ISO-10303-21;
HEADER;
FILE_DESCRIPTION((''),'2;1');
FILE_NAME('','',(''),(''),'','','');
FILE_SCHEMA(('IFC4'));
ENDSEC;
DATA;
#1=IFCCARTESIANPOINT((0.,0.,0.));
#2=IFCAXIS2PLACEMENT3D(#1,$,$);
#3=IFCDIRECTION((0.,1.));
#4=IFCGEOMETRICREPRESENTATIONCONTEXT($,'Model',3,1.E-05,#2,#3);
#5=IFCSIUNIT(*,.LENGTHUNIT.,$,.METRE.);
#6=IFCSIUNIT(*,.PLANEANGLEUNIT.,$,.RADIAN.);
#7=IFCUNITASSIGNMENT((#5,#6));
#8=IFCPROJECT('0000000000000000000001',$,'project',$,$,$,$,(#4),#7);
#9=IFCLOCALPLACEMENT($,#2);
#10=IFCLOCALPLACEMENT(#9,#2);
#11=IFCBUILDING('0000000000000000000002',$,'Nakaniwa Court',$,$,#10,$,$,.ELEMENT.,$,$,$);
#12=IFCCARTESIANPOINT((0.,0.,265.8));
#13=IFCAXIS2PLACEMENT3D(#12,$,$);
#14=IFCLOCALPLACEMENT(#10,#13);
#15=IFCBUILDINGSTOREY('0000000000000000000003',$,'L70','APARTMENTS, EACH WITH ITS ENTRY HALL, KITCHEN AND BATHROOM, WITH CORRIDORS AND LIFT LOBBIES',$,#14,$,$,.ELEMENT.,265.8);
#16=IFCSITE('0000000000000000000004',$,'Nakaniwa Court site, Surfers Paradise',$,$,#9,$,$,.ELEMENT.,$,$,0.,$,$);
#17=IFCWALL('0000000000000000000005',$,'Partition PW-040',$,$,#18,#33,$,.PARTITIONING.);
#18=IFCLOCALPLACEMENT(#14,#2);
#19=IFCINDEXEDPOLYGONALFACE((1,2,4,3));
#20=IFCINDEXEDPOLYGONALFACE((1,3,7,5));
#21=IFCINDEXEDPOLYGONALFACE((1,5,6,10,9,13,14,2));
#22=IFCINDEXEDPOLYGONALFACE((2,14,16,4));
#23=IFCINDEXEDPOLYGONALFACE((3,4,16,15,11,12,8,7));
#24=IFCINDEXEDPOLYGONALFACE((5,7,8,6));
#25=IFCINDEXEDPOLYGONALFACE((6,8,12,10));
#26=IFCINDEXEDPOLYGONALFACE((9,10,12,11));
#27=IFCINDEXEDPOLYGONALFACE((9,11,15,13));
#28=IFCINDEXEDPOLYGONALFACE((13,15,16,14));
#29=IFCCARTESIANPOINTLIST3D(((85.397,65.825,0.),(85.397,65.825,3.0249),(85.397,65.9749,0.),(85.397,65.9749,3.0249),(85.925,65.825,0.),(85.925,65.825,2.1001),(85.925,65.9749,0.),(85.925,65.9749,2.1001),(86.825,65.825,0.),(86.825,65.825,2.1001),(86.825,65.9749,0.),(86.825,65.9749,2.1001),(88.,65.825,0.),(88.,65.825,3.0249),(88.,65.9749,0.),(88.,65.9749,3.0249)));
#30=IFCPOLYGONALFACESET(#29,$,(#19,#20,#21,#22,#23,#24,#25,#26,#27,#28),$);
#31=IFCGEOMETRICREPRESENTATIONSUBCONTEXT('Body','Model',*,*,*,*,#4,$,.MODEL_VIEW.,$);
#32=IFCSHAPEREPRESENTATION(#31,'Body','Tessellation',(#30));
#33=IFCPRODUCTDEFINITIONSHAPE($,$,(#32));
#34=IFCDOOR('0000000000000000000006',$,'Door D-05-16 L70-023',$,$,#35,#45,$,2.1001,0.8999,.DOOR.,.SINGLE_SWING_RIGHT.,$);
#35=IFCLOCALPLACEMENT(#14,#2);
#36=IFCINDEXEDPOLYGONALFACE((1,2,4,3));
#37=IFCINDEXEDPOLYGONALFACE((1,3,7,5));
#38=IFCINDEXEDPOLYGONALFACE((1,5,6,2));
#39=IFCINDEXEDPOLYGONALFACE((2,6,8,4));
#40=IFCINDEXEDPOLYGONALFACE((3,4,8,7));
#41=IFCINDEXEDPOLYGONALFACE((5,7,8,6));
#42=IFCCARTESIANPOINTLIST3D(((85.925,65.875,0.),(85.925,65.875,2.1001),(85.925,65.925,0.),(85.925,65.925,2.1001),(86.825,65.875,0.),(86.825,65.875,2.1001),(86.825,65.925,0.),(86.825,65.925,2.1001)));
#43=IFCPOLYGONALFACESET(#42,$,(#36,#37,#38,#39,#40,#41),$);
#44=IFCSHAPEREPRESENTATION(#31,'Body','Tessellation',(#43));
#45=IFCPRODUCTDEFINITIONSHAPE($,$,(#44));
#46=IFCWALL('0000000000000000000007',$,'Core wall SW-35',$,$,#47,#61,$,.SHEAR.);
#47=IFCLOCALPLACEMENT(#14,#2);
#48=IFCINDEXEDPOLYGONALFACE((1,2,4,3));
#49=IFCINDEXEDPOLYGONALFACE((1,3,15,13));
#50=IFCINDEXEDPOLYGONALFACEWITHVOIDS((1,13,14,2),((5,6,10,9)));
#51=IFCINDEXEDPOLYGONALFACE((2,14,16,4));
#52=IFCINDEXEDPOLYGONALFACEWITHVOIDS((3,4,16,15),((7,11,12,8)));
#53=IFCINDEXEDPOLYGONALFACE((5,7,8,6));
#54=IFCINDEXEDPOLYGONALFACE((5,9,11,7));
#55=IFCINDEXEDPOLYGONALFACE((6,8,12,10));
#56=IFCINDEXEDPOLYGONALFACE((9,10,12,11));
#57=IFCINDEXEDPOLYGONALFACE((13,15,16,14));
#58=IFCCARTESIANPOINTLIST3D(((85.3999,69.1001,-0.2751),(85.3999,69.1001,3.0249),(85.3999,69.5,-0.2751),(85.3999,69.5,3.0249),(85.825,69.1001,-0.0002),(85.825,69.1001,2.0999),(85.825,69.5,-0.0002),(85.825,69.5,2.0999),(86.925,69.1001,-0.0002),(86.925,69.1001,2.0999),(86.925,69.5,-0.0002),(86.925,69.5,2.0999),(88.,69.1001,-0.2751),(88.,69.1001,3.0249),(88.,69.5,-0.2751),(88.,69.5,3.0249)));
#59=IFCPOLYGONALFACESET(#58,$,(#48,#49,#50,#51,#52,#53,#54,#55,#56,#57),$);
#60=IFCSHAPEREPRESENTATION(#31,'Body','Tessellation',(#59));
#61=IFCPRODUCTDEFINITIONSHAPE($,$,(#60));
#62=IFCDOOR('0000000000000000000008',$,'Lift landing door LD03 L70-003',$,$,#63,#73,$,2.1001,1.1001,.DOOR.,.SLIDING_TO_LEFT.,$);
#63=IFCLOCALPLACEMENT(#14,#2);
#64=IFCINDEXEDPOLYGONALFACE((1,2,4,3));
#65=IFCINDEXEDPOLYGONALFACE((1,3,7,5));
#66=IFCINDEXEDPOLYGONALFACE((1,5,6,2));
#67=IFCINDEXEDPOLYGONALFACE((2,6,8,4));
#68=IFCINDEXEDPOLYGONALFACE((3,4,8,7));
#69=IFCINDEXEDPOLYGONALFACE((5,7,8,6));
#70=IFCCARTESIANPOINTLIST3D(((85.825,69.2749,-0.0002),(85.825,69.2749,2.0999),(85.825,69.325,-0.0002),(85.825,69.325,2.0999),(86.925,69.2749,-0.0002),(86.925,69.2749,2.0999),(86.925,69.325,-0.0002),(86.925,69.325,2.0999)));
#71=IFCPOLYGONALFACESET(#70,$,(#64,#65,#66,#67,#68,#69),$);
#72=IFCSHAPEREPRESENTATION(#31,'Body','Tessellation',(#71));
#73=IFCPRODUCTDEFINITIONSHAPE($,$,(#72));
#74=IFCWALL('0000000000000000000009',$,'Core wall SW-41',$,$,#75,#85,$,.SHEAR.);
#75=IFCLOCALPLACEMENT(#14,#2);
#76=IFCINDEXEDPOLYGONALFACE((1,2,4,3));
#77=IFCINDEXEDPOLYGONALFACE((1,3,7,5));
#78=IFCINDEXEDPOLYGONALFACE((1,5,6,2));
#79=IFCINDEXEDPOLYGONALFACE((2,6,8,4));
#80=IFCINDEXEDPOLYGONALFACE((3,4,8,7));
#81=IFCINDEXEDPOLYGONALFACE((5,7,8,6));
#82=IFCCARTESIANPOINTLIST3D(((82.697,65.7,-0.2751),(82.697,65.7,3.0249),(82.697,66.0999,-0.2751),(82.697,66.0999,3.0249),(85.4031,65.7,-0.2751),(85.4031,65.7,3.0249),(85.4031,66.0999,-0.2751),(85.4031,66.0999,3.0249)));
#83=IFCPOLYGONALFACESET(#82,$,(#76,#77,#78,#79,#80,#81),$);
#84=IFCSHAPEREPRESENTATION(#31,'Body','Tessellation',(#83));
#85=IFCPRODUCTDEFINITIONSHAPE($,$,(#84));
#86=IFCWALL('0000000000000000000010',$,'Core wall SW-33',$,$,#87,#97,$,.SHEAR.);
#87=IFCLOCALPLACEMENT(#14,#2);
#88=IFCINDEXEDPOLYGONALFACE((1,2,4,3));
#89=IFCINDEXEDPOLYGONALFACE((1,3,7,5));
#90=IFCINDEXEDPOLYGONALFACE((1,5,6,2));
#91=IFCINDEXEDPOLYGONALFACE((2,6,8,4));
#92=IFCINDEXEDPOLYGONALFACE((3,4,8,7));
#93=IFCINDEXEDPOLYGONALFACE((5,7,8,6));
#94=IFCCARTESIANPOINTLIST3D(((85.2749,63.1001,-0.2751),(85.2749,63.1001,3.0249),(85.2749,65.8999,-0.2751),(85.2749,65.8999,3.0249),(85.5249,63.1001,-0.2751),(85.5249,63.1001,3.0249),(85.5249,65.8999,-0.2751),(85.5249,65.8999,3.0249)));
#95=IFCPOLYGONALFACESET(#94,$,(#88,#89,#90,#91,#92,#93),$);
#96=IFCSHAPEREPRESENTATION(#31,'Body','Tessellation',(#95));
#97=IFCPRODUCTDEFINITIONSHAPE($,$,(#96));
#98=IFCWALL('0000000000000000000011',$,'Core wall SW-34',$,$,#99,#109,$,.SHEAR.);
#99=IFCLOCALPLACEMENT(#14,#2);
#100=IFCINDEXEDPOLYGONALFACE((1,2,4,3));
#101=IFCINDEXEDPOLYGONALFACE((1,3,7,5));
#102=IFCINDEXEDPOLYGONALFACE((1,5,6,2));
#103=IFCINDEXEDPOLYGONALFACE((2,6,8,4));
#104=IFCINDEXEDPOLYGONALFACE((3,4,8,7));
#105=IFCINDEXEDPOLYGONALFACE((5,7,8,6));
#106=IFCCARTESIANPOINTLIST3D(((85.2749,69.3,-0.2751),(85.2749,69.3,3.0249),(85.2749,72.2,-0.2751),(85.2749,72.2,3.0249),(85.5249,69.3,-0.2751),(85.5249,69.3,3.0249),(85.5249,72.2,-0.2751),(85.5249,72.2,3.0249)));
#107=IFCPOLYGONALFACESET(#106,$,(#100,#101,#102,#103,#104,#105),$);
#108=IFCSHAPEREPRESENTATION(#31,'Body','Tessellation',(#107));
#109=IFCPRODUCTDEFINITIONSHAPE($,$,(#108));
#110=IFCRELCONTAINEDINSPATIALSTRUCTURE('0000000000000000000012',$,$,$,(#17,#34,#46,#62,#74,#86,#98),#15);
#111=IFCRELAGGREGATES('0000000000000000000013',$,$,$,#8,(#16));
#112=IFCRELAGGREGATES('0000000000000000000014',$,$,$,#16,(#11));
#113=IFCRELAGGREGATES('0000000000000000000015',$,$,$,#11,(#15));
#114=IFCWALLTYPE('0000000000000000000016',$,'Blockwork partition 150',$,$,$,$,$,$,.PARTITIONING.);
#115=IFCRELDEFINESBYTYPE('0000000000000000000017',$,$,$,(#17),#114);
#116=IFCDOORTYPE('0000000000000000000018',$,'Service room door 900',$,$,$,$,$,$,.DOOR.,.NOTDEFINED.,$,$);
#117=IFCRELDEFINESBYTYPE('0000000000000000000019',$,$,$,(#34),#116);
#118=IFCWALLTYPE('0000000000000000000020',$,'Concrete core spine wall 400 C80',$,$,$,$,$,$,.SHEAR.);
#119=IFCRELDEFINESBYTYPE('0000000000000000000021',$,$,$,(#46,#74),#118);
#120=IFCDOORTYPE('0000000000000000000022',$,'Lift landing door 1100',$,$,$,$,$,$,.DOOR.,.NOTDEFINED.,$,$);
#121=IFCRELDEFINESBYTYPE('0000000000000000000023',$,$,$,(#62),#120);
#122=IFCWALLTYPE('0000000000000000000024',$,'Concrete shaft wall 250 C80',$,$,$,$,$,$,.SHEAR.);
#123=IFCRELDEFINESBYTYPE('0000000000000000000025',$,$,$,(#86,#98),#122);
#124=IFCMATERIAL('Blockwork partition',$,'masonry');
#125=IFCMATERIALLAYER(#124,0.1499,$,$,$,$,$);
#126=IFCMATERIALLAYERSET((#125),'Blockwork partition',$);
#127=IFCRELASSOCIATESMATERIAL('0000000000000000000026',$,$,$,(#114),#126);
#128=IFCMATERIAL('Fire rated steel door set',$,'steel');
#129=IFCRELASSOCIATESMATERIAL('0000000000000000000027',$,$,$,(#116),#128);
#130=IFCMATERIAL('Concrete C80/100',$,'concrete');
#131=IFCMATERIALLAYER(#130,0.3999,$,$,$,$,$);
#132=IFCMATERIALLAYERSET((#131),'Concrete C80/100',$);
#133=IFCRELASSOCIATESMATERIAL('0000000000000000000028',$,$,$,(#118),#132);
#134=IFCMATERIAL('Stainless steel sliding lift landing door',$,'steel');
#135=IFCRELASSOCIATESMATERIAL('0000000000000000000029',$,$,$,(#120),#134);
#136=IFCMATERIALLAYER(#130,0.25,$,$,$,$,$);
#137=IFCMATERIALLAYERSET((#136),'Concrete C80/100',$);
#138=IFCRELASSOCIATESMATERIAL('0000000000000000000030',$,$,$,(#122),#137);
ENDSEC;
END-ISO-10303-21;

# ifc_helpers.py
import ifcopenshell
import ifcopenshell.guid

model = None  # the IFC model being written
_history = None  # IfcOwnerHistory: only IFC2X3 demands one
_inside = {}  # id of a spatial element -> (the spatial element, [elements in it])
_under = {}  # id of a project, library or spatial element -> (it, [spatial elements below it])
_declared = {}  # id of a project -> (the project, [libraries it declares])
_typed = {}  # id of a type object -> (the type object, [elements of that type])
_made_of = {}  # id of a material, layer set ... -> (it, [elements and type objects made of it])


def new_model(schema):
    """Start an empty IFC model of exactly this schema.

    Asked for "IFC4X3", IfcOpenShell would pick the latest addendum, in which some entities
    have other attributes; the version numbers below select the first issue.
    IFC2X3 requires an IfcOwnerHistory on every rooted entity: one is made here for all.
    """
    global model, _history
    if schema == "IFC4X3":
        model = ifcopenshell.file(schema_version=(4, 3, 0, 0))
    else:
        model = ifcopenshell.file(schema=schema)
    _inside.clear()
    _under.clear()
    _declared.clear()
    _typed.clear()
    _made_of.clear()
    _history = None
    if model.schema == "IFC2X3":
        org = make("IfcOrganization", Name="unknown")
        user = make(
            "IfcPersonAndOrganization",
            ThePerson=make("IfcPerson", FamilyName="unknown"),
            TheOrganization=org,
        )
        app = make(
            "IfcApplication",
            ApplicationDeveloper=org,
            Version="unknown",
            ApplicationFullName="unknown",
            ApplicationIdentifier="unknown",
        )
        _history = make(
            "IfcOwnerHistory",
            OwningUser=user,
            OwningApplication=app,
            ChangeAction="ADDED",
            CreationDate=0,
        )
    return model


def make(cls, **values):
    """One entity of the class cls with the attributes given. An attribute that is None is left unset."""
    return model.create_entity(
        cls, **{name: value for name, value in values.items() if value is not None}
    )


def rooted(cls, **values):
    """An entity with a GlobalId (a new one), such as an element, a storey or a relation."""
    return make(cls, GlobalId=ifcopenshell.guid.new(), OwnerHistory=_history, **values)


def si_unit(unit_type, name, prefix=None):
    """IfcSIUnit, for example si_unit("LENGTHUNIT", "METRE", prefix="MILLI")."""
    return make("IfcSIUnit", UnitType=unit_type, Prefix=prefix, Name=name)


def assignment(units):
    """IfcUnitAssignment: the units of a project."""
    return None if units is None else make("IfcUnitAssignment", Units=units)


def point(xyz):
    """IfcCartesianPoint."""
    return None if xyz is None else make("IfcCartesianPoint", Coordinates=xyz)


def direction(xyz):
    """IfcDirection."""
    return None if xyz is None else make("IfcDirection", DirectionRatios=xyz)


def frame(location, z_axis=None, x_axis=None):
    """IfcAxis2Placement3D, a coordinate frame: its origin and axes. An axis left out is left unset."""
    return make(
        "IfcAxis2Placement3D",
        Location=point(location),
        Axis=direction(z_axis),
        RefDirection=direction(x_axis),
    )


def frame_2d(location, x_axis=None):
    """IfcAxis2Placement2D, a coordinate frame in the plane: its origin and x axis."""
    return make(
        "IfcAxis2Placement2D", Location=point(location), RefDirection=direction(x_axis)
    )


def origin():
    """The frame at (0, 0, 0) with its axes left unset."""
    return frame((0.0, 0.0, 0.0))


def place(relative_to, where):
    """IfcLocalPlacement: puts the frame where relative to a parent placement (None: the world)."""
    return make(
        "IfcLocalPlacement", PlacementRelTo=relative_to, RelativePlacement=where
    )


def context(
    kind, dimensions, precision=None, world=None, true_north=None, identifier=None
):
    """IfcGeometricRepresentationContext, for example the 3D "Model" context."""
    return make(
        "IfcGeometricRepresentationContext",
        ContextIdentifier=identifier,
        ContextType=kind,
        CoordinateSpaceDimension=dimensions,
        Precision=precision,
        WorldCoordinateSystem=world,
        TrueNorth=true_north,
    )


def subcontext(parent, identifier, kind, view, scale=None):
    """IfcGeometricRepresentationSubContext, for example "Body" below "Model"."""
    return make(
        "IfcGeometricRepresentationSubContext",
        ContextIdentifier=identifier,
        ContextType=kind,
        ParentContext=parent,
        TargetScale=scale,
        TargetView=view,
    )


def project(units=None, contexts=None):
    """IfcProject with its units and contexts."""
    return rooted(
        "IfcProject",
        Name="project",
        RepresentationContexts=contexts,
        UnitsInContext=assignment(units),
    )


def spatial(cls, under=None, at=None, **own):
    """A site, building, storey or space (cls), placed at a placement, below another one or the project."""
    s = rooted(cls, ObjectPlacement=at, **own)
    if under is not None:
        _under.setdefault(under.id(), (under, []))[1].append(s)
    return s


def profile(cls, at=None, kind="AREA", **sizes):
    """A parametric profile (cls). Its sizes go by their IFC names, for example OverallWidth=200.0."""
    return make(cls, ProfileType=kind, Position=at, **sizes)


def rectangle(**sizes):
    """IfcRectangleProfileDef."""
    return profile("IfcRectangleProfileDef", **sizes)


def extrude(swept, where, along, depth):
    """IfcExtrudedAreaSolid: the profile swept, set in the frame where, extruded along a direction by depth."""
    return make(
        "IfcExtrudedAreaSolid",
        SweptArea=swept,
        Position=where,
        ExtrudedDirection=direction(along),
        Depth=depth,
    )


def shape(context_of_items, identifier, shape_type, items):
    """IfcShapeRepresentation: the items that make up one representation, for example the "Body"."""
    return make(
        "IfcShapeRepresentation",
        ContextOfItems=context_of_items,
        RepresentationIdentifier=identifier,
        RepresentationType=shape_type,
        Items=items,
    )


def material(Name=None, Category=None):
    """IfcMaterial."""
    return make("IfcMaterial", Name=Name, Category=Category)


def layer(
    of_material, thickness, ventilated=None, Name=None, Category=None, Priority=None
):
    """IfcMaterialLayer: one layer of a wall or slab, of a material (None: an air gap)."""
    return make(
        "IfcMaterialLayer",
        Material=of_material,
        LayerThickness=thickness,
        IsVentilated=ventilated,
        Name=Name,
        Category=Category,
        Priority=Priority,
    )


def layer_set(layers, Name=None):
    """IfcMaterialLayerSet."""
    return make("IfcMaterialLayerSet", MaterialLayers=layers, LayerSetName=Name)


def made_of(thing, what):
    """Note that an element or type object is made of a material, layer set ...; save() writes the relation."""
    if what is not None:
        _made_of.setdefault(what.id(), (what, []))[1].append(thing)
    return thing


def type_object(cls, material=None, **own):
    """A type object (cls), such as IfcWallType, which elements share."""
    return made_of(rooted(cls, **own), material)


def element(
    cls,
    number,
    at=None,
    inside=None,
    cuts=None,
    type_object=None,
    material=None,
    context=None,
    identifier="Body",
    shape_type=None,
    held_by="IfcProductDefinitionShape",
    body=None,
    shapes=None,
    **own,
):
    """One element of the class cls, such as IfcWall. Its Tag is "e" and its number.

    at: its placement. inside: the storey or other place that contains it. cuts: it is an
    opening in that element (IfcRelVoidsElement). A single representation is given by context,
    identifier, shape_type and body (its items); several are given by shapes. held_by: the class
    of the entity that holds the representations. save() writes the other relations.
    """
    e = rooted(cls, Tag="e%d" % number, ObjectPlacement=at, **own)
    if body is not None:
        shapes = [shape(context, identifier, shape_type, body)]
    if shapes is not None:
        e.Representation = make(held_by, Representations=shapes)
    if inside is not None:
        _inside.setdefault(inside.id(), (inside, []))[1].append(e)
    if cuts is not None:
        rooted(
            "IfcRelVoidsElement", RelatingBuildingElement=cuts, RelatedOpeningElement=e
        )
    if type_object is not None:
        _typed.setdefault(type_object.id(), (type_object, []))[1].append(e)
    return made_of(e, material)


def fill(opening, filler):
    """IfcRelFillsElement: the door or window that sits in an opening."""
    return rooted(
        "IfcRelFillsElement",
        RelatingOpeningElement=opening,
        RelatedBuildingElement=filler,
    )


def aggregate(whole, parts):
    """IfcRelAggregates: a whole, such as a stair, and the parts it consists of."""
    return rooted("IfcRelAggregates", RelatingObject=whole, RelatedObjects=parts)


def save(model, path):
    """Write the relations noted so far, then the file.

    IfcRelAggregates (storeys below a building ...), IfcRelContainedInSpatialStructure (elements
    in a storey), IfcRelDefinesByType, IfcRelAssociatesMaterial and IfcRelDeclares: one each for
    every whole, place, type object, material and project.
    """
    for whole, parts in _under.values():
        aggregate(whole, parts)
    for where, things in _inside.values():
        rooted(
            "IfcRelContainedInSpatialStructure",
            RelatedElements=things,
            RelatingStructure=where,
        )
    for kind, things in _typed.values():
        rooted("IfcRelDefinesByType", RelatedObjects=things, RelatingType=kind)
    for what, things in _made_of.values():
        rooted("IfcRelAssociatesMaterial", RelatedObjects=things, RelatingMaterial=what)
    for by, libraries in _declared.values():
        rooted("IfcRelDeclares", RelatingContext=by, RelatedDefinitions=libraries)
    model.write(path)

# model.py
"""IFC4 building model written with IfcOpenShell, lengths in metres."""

from ifc_helpers import new_model, si_unit, direction, frame, frame_2d, origin, place, context, subcontext, project, spatial, rectangle, extrude, material, layer, layer_set, type_object, element, fill, save


model = new_model("IFC4")

# Units and contexts
model_context = context("Model", 3, precision=1e-05, world=origin(), true_north=direction((0.0, 1.0)))
body_context = subcontext(model_context, "Body", "Model", "MODEL_VIEW")
ifc_project = project(units=[si_unit("LENGTHUNIT", "METRE"), si_unit("PLANEANGLEUNIT", "RADIAN")], contexts=[model_context])

# Site, building, storey
site_placement = place(None, origin())
site = spatial("IfcSite", under=ifc_project, at=site_placement, Name="Nakaniwa Court site, Surfers Paradise", CompositionType="ELEMENT", RefElevation=0.0)
building_placement = place(site_placement, origin())
building = spatial("IfcBuilding", under=site, at=building_placement, Name="Nakaniwa Court", CompositionType="ELEMENT")
storey_placement = place(building_placement, frame((0.0, 0.0, 265.8)))
storey = spatial("IfcBuildingStorey", under=building, at=storey_placement, Name="L70", Description="APARTMENTS, EACH WITH ITS ENTRY HALL, KITCHEN AND BATHROOM, WITH CORRIDORS AND LIFT LOBBIES", CompositionType="ELEMENT", Elevation=265.8)

# Shared definitions
ifc_material_1 = material(Name="Blockwork partition", Category="masonry")
ifc_layer_1 = layer(ifc_material_1, 0.1499)
ifc_layer_set_1 = layer_set([ifc_layer_1], Name="Blockwork partition")
wall_type_1 = type_object("IfcWallType", Name="Blockwork partition 150", PredefinedType="PARTITIONING", material=ifc_layer_set_1)

# Shared definitions
ifc_material_2 = material(Name="Fire rated steel door set", Category="steel")
door_type_1 = type_object("IfcDoorType", Name="Service room door 900", OperationType="NOTDEFINED", PredefinedType="DOOR", material=ifc_material_2)

# Walls, openings, doors
wall_1_placement = place(storey_placement, frame((88.0, 65.8999, 0.0), z_axis=(0.0, 0.0, 1.0), x_axis=(-1.0, 0.0, 0.0)))
wall_1 = element("IfcWall", 1, at=wall_1_placement, inside=storey, type_object=wall_type_1, Name="Partition PW-040", PredefinedType="PARTITIONING", context=body_context, shape_type="SweptSolid", body=[
    extrude(rectangle(XDim=2.603, YDim=0.1499, at=frame_2d((1.3015, 0.0))), origin(), (0.0, 0.0, 1.0), 3.0249),
])
opening_1_placement = place(wall_1_placement, frame((1.175, 0.0, 0.0)))
opening_1 = element("IfcOpeningElement", 2, at=opening_1_placement, cuts=wall_1, PredefinedType="OPENING", context=body_context, shape_type="SweptSolid", body=[
    extrude(rectangle(XDim=0.8999, YDim=2.1001, at=frame_2d((0.45, 1.05))), frame((0.0, 0.085, 0.0), z_axis=(0.0, -1.0, 0.0), x_axis=(1.0, 0.0, 0.0)), (0.0, 0.0, 1.0), 0.1699),
])
door_1_placement = place(opening_1_placement, origin())
door_1 = element("IfcDoor", 3, at=door_1_placement, inside=storey, type_object=door_type_1, Name="Door D-05-16 L70-023", OperationType="SINGLE_SWING_RIGHT", OverallHeight=2.1001, OverallWidth=0.8999, PredefinedType="DOOR", context=body_context, shape_type="SweptSolid", body=[
    extrude(rectangle(XDim=0.8999, YDim=2.1001, at=frame_2d((0.45, 1.05))), frame((0.0, 0.0249, 0.0), z_axis=(0.0, -1.0, 0.0), x_axis=(1.0, 0.0, 0.0)), (0.0, 0.0, 1.0), 0.05),
])
fill(opening_1, door_1)
ifc_material_3 = material(Name="Concrete C80/100", Category="concrete")
ifc_layer_2 = layer(ifc_material_3, 0.3999)
ifc_layer_set_2 = layer_set([ifc_layer_2], Name="Concrete C80/100")
wall_type_2 = type_object("IfcWallType", Name="Concrete core spine wall 400 C80", PredefinedType="SHEAR", material=ifc_layer_set_2)
wall_2_placement = place(storey_placement, frame((85.3999, 69.3, -0.2751), z_axis=(0.0, 0.0, 1.0), x_axis=(1.0, 0.0, 0.0)))
wall_2 = element("IfcWall", 4, at=wall_2_placement, inside=storey, type_object=wall_type_2, Name="Core wall SW-35", PredefinedType="SHEAR", context=body_context, shape_type="SweptSolid", body=[
    extrude(rectangle(XDim=2.6001, YDim=0.3999, at=frame_2d((1.3, 0.0))), origin(), (0.0, 0.0, 1.0), 3.3),
])
opening_2_placement = place(wall_2_placement, frame((0.425, 0.0, 0.2749)))
opening_2 = element("IfcOpeningElement", 5, at=opening_2_placement, cuts=wall_2, PredefinedType="OPENING", context=body_context, shape_type="SweptSolid", body=[
    extrude(rectangle(XDim=1.1001, YDim=2.1001, at=frame_2d((0.55, 1.05))), frame((0.0, 0.21, 0.0), z_axis=(0.0, -1.0, 0.0), x_axis=(1.0, 0.0, 0.0)), (0.0, 0.0, 1.0), 0.4199),
])
ifc_material_4 = material(Name="Stainless steel sliding lift landing door", Category="steel")
door_type_2 = type_object("IfcDoorType", Name="Lift landing door 1100", OperationType="NOTDEFINED", PredefinedType="DOOR", material=ifc_material_4)
door_2_placement = place(opening_2_placement, origin())
door_2 = element("IfcDoor", 6, at=door_2_placement, inside=storey, type_object=door_type_2, Name="Lift landing door LD03 L70-003", OperationType="SLIDING_TO_LEFT", OverallHeight=2.1001, OverallWidth=1.1001, PredefinedType="DOOR", context=body_context, shape_type="SweptSolid", body=[
    extrude(rectangle(XDim=1.1001, YDim=2.1001, at=frame_2d((0.55, 1.05))), frame((0.0, 0.0249, 0.0), z_axis=(0.0, -1.0, 0.0), x_axis=(1.0, 0.0, 0.0)), (0.0, 0.0, 1.0), 0.05),
])
fill(opening_2, door_2)

# Walls
wall_3_placement = place(storey_placement, frame((82.697, 65.8999, -0.2751), z_axis=(0.0, 0.0, 1.0), x_axis=(1.0, 0.0, 0.0)))
element("IfcWall", 7, at=wall_3_placement, inside=storey, type_object=wall_type_2, Name="Core wall SW-41", PredefinedType="SHEAR", context=body_context, shape_type="SweptSolid", body=[
    extrude(rectangle(XDim=2.7061, YDim=0.3999, at=frame_2d((1.353, 0.0))), origin(), (0.0, 0.0, 1.0), 3.3),
])
ifc_layer_3 = layer(ifc_material_3, 0.25)
ifc_layer_set_3 = layer_set([ifc_layer_3], Name="Concrete C80/100")
wall_type_3 = type_object("IfcWallType", Name="Concrete shaft wall 250 C80", PredefinedType="SHEAR", material=ifc_layer_set_3)
wall_4_placement = place(storey_placement, frame((85.3999, 63.1001, -0.2751), z_axis=(0.0, 0.0, 1.0), x_axis=(0.0, 1.0, 0.0)))
element("IfcWall", 8, at=wall_4_placement, inside=storey, type_object=wall_type_3, Name="Core wall SW-33", PredefinedType="SHEAR", context=body_context, shape_type="SweptSolid", body=[
    extrude(rectangle(XDim=2.7998, YDim=0.25, at=frame_2d((1.3999, 0.0))), origin(), (0.0, 0.0, 1.0), 3.3),
])
wall_5_placement = place(storey_placement, frame((85.3999, 69.3, -0.2751), z_axis=(0.0, 0.0, 1.0), x_axis=(0.0, 1.0, 0.0)))
element("IfcWall", 9, at=wall_5_placement, inside=storey, type_object=wall_type_3, Name="Core wall SW-34", PredefinedType="SHEAR", context=body_context, shape_type="SweptSolid", body=[
    extrude(rectangle(XDim=2.8999, YDim=0.25, at=frame_2d((1.45, 0.0))), origin(), (0.0, 0.0, 1.0), 3.3),
])

save(model, "model.ifc")
